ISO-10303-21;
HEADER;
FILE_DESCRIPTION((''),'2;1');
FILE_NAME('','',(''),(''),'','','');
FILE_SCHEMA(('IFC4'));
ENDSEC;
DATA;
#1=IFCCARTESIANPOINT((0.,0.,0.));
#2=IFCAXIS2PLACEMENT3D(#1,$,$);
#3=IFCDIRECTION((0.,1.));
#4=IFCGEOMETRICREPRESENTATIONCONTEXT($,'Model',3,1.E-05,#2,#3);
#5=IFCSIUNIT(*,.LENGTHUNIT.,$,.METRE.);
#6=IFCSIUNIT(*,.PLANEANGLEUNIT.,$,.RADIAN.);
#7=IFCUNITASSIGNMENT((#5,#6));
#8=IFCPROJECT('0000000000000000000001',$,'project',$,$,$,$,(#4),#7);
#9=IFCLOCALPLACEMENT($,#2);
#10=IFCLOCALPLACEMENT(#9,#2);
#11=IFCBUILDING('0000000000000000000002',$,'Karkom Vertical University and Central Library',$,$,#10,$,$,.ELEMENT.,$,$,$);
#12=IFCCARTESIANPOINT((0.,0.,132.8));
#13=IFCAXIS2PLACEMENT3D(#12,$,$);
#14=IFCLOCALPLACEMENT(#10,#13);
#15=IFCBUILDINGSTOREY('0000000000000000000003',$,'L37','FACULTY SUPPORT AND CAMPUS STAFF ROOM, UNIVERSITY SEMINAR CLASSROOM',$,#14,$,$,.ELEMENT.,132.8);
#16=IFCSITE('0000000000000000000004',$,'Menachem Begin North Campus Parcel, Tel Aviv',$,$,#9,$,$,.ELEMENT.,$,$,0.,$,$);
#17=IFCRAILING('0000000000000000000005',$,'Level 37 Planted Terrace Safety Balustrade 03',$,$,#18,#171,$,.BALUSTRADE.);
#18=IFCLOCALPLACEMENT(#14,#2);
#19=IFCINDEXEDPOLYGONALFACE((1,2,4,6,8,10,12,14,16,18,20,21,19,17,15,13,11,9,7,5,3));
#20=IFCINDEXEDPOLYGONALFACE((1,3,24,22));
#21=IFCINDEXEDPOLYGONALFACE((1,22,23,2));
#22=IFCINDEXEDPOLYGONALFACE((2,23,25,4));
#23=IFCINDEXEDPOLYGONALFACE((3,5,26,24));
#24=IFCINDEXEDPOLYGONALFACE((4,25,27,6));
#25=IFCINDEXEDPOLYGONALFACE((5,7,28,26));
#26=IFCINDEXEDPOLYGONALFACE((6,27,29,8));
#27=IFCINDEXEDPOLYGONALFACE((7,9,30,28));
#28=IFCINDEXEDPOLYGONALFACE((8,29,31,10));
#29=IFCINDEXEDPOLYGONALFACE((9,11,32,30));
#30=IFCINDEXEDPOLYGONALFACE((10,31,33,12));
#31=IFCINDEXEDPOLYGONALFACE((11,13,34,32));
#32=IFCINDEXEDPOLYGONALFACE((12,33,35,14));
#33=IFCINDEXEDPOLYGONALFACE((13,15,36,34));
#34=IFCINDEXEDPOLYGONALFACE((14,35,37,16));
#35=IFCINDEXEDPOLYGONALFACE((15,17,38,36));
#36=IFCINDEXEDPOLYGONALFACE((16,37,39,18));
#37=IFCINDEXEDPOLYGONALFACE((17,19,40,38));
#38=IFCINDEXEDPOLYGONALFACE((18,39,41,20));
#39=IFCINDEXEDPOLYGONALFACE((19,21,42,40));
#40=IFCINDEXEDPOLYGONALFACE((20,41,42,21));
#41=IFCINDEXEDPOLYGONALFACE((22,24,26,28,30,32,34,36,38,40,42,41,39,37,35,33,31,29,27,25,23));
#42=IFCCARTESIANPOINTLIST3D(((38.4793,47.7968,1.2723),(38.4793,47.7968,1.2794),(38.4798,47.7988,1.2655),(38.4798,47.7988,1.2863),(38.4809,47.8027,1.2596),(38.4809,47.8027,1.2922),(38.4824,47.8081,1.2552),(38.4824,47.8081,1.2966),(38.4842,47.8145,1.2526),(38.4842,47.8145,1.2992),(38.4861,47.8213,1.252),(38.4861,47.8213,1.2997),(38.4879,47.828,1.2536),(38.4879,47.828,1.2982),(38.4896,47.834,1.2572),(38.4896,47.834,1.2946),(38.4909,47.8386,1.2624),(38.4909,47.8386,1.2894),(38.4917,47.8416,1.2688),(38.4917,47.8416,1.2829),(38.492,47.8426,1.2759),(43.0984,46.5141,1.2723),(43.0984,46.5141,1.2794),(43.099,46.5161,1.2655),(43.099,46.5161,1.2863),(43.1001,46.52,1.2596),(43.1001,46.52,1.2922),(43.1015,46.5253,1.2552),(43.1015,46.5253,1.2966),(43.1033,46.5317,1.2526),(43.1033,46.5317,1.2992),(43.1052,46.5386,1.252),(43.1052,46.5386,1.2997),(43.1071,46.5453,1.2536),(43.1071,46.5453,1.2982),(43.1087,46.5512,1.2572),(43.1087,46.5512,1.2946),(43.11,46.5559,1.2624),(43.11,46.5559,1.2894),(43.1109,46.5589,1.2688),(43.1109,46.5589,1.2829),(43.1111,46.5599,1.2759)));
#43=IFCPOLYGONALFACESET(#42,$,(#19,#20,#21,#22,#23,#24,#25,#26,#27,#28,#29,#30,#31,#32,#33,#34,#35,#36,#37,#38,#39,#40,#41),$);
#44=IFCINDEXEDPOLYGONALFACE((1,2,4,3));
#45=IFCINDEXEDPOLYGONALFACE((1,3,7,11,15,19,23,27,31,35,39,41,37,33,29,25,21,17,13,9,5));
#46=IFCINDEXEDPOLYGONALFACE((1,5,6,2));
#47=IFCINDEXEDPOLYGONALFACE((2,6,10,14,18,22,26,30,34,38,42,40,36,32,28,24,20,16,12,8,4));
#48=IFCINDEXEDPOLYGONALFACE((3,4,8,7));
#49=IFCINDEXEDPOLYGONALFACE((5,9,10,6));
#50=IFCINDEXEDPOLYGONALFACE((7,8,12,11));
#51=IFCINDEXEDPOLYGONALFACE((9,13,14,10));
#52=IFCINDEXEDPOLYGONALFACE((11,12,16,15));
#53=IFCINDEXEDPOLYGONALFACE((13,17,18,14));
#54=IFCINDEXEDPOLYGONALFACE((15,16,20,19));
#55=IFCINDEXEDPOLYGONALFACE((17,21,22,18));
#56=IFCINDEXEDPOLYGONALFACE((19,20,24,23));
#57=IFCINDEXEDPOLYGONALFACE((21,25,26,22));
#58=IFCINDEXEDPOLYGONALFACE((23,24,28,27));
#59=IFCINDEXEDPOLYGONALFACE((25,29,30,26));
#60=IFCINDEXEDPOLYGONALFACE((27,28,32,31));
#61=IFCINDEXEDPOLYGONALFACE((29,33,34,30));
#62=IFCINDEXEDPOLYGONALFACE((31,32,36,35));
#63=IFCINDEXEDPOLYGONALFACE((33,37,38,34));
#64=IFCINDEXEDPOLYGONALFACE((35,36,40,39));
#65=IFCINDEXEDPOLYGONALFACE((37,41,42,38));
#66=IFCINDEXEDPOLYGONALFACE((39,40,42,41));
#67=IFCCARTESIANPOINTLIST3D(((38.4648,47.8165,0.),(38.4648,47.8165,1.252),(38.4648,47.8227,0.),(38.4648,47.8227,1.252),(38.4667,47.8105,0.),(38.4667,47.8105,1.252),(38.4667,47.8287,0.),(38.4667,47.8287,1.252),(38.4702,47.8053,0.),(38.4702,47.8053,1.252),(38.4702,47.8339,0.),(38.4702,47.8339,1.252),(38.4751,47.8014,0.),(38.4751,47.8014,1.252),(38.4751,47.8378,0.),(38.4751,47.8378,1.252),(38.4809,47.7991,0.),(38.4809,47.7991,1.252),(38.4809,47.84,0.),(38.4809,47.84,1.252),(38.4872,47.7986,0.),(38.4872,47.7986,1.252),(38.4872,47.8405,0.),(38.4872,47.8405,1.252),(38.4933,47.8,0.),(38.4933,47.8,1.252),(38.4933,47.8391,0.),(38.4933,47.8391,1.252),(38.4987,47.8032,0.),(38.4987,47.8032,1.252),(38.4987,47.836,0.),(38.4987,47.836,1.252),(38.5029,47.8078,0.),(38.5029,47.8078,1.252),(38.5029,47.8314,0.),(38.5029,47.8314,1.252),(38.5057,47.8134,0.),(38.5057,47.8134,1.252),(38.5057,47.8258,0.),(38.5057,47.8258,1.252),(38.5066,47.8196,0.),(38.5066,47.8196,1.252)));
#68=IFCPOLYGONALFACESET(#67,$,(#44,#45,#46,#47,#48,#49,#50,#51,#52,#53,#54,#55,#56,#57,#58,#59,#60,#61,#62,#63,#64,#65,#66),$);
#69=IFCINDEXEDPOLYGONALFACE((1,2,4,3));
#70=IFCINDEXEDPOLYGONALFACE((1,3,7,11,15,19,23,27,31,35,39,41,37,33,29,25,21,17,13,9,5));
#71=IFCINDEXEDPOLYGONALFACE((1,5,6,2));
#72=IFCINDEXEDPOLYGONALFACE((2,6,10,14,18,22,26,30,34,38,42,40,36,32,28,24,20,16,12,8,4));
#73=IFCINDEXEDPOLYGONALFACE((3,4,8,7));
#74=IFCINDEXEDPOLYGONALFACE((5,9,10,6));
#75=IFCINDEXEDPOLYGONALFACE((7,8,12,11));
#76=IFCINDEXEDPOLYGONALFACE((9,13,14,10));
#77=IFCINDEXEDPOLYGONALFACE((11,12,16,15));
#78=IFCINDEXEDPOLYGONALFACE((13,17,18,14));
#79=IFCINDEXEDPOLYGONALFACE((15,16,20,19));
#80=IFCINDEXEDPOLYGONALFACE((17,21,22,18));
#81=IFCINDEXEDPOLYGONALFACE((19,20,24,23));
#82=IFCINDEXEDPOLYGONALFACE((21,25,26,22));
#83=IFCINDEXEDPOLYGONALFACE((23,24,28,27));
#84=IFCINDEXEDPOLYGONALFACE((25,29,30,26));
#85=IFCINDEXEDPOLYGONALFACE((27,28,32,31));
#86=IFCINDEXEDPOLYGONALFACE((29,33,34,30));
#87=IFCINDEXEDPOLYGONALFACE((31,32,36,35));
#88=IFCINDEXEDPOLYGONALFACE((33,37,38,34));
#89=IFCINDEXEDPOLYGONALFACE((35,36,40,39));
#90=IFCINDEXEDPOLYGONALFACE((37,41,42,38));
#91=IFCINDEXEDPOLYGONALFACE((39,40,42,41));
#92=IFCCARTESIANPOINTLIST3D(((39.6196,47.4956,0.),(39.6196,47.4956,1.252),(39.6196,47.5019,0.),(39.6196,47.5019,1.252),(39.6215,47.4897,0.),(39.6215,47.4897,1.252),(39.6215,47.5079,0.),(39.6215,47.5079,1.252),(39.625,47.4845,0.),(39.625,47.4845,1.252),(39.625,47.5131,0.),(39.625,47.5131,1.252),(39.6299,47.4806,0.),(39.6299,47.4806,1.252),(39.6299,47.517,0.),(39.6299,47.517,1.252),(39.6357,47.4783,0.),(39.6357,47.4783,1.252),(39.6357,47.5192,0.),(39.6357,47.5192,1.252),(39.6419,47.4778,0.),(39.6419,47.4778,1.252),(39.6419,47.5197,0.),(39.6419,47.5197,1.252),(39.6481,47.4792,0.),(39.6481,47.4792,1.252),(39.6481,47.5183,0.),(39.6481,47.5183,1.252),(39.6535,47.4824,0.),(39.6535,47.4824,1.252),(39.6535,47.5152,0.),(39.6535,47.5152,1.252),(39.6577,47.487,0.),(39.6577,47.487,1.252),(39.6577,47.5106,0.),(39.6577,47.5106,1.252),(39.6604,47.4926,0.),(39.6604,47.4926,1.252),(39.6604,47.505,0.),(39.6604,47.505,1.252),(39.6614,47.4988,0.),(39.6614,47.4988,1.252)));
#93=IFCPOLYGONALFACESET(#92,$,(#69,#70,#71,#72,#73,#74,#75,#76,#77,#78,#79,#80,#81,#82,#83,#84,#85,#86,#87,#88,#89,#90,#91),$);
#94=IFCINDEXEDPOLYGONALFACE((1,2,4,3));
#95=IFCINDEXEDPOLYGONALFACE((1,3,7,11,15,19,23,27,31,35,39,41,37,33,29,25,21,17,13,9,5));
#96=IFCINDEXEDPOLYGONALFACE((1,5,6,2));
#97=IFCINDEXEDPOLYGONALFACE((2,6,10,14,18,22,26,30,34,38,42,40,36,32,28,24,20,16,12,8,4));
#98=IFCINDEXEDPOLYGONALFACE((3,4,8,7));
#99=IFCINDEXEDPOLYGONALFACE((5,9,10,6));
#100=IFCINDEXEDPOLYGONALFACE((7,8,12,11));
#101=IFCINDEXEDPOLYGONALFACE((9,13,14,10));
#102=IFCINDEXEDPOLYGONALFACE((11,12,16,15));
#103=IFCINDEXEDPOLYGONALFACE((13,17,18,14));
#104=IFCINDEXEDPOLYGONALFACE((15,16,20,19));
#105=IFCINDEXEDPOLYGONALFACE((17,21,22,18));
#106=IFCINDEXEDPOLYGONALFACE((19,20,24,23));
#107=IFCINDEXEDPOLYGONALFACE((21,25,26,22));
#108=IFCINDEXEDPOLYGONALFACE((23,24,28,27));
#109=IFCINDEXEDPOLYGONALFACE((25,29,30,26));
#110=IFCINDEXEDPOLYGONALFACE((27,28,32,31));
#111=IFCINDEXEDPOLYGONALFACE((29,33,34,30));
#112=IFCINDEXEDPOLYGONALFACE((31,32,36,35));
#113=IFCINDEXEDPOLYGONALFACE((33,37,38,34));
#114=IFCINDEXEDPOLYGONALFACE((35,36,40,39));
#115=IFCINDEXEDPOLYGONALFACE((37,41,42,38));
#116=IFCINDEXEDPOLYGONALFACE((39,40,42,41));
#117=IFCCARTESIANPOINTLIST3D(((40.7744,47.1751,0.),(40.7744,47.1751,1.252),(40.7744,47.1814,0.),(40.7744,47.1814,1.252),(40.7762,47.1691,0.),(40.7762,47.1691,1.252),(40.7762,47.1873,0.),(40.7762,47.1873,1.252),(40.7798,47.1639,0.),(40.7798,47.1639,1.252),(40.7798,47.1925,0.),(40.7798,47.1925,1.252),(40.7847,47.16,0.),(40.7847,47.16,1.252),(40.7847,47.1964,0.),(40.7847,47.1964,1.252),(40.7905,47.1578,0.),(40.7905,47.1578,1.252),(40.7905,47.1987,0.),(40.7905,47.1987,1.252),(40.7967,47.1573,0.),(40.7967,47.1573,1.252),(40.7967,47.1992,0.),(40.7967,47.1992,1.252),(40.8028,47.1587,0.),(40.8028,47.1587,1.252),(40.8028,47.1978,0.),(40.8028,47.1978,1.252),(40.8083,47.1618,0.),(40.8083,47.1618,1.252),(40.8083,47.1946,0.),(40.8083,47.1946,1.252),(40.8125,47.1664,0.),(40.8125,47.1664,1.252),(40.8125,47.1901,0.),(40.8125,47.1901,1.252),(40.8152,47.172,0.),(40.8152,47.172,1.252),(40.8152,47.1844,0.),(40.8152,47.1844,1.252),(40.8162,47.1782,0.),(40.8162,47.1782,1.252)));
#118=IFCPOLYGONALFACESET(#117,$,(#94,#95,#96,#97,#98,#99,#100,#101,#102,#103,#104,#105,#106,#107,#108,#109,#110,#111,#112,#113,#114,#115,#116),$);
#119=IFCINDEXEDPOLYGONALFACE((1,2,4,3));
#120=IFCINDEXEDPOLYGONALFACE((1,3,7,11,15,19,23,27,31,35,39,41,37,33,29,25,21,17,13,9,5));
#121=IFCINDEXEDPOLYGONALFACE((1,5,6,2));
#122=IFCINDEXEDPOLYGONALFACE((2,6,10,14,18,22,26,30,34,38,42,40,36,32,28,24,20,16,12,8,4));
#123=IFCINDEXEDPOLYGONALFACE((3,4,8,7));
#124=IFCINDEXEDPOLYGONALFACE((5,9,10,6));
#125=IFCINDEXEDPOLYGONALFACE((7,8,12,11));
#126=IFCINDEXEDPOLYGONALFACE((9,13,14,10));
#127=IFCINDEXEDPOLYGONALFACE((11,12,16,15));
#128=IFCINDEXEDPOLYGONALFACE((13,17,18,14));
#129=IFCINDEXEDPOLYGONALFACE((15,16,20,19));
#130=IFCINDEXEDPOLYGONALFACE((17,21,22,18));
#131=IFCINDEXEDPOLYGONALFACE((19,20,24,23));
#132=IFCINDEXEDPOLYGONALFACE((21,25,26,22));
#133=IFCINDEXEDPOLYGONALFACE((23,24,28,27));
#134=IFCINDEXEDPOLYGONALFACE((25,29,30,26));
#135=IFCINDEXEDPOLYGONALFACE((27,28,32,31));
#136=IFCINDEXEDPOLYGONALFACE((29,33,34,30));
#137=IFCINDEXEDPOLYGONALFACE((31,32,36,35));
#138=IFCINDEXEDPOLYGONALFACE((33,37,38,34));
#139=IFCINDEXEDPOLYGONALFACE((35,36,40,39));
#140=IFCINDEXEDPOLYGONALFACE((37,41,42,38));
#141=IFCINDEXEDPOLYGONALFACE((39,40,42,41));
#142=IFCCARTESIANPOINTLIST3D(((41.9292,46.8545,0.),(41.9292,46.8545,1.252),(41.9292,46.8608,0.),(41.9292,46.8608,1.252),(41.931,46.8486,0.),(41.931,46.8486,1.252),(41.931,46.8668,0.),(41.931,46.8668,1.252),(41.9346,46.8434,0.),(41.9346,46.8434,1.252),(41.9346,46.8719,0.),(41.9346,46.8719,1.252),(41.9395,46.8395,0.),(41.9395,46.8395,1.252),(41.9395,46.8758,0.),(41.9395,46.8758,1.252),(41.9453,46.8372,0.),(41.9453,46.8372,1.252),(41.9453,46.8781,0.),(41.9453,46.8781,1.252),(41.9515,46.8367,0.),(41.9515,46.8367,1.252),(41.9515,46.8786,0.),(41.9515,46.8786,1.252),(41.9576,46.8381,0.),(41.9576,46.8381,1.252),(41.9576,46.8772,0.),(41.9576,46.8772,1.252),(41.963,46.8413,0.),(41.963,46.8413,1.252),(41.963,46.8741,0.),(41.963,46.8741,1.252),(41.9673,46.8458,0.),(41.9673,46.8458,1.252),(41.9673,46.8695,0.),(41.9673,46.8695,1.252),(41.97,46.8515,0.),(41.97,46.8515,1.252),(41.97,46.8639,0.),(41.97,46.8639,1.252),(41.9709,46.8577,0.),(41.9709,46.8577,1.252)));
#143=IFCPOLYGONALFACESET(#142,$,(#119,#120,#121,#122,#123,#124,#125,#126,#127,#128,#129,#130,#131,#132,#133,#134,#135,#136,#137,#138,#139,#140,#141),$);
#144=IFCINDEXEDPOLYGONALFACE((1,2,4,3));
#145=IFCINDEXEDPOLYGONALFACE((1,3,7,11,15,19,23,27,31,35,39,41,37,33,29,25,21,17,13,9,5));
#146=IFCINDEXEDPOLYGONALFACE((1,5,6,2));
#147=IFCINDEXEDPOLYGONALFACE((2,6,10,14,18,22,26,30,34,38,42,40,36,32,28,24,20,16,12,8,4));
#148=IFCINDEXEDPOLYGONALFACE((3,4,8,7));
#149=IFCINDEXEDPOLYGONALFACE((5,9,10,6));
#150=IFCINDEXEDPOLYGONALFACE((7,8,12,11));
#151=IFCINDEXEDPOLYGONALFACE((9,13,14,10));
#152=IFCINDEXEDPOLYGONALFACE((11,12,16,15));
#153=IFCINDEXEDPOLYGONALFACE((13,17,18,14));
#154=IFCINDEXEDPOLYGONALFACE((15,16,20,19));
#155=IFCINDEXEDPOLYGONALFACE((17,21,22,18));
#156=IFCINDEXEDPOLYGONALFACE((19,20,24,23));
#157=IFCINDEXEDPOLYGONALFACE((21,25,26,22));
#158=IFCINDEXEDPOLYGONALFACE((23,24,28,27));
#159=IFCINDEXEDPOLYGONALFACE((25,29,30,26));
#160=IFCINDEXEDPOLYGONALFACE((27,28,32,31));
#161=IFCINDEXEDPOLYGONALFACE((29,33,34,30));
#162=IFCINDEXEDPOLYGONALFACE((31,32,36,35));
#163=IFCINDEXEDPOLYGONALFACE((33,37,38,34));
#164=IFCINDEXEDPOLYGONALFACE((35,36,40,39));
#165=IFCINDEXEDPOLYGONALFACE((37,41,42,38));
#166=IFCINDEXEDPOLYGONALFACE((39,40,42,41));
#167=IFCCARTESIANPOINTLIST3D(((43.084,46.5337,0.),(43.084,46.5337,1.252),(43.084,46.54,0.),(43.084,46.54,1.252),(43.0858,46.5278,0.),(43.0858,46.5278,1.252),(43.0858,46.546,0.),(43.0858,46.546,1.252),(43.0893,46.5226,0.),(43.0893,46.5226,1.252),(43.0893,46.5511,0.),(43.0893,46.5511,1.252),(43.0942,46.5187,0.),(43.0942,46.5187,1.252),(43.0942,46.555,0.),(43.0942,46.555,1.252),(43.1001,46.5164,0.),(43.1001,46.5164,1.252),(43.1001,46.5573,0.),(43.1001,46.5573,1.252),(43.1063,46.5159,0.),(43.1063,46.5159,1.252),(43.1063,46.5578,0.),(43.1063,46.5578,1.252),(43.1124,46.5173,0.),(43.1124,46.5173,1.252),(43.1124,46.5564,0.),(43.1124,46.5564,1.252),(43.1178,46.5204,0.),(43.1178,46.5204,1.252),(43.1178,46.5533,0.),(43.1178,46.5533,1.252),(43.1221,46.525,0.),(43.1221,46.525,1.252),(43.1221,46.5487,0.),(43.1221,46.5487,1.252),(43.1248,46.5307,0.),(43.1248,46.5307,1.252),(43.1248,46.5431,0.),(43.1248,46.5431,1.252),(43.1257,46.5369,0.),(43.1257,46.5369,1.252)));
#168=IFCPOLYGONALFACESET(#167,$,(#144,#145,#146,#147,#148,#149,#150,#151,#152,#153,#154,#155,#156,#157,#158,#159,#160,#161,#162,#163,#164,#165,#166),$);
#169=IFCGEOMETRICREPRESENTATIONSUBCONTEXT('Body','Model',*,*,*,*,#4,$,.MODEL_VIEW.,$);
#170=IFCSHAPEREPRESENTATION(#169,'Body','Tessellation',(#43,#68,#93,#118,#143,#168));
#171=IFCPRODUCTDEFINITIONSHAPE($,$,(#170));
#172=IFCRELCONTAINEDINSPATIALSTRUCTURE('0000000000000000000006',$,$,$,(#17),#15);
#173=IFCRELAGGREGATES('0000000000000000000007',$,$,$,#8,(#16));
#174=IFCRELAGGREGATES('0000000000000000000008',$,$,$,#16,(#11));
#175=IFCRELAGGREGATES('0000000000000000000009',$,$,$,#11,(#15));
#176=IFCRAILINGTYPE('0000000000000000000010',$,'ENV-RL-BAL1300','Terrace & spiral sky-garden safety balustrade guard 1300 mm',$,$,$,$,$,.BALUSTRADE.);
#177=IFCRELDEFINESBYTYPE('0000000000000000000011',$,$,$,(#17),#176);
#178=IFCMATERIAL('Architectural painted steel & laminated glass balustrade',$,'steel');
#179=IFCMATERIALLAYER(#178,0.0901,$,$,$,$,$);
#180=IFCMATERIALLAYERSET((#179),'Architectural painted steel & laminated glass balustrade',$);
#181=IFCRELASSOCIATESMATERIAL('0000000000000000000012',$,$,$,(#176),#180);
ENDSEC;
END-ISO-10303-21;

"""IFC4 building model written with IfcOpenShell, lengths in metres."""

from ifc_helpers import new_model, si_unit, direction, frame, origin, origin_2d, place, context, subcontext, project, spatial, circle, extrude, material, layer, layer_set, type_object, element, save


model = new_model("IFC4")

# Units and contexts
model_context = context("Model", 3, precision=1e-05, world=origin(), true_north=direction((0.0, 1.0)))
body_context = subcontext(model_context, "Body", "Model", "MODEL_VIEW")
ifc_project = project(units=[si_unit("LENGTHUNIT", "METRE"), si_unit("PLANEANGLEUNIT", "RADIAN")], contexts=[model_context])

# Site, building, storey
site_placement = place(None, origin())
site = spatial("IfcSite", under=ifc_project, at=site_placement, Name="Menachem Begin North Campus Parcel, Tel Aviv", CompositionType="ELEMENT", RefElevation=0.0)
building_placement = place(site_placement, origin())
building = spatial("IfcBuilding", under=site, at=building_placement, Name="Karkom Vertical University and Central Library", CompositionType="ELEMENT")
storey_placement = place(building_placement, frame((0.0, 0.0, 132.8)))
storey = spatial("IfcBuildingStorey", under=building, at=storey_placement, Name="L37", Description="FACULTY SUPPORT AND CAMPUS STAFF ROOM, UNIVERSITY SEMINAR CLASSROOM", CompositionType="ELEMENT", Elevation=132.8)

# Railing
ifc_material_1 = material(Name="Architectural painted steel & laminated glass balustrade", Category="steel")
ifc_layer_1 = layer(ifc_material_1, 0.0901)
ifc_layer_set_1 = layer_set([ifc_layer_1], Name="Architectural painted steel & laminated glass balustrade")
railing_type = type_object("IfcRailingType", Name="ENV-RL-BAL1300", Description="Terrace & spiral sky-garden safety balustrade guard 1300 mm", PredefinedType="BALUSTRADE", material=ifc_layer_set_1)
railing_1_placement = place(storey_placement, frame((38.4856, 47.8196, 0.0)))
element("IfcRailing", 1, at=railing_1_placement, inside=storey, type_object=railing_type, Name="Level 37 Planted Terrace Safety Balustrade 03", PredefinedType="BALUSTRADE", context=body_context, shape_type="SweptSolid", body=[
    extrude(circle(Radius=0.0239, at=origin_2d()), frame((0.0, 0.0, 1.2759), z_axis=(0.963538, -0.26757, 0.0), x_axis=(0.26757, 0.963538, 0.0)), (0.0, 0.0, 1.0), 4.7939),
    extrude(circle(Radius=0.021, at=origin_2d()), origin(), (0.0, 0.0, 1.0), 1.252),
    extrude(circle(Radius=0.021, at=origin_2d()), frame((1.1548, -0.3208, 0.0)), (0.0, 0.0, 1.0), 1.252),
    extrude(circle(Radius=0.021, at=origin_2d()), frame((2.3096, -0.6414, 0.0)), (0.0, 0.0, 1.0), 1.252),
    extrude(circle(Radius=0.021, at=origin_2d()), frame((3.4644, -0.9619, 0.0)), (0.0, 0.0, 1.0), 1.252),
    extrude(circle(Radius=0.021, at=origin_2d()), frame((4.6191, -1.2827, 0.0)), (0.0, 0.0, 1.0), 1.252),
])

save(model, "model.ifc")
